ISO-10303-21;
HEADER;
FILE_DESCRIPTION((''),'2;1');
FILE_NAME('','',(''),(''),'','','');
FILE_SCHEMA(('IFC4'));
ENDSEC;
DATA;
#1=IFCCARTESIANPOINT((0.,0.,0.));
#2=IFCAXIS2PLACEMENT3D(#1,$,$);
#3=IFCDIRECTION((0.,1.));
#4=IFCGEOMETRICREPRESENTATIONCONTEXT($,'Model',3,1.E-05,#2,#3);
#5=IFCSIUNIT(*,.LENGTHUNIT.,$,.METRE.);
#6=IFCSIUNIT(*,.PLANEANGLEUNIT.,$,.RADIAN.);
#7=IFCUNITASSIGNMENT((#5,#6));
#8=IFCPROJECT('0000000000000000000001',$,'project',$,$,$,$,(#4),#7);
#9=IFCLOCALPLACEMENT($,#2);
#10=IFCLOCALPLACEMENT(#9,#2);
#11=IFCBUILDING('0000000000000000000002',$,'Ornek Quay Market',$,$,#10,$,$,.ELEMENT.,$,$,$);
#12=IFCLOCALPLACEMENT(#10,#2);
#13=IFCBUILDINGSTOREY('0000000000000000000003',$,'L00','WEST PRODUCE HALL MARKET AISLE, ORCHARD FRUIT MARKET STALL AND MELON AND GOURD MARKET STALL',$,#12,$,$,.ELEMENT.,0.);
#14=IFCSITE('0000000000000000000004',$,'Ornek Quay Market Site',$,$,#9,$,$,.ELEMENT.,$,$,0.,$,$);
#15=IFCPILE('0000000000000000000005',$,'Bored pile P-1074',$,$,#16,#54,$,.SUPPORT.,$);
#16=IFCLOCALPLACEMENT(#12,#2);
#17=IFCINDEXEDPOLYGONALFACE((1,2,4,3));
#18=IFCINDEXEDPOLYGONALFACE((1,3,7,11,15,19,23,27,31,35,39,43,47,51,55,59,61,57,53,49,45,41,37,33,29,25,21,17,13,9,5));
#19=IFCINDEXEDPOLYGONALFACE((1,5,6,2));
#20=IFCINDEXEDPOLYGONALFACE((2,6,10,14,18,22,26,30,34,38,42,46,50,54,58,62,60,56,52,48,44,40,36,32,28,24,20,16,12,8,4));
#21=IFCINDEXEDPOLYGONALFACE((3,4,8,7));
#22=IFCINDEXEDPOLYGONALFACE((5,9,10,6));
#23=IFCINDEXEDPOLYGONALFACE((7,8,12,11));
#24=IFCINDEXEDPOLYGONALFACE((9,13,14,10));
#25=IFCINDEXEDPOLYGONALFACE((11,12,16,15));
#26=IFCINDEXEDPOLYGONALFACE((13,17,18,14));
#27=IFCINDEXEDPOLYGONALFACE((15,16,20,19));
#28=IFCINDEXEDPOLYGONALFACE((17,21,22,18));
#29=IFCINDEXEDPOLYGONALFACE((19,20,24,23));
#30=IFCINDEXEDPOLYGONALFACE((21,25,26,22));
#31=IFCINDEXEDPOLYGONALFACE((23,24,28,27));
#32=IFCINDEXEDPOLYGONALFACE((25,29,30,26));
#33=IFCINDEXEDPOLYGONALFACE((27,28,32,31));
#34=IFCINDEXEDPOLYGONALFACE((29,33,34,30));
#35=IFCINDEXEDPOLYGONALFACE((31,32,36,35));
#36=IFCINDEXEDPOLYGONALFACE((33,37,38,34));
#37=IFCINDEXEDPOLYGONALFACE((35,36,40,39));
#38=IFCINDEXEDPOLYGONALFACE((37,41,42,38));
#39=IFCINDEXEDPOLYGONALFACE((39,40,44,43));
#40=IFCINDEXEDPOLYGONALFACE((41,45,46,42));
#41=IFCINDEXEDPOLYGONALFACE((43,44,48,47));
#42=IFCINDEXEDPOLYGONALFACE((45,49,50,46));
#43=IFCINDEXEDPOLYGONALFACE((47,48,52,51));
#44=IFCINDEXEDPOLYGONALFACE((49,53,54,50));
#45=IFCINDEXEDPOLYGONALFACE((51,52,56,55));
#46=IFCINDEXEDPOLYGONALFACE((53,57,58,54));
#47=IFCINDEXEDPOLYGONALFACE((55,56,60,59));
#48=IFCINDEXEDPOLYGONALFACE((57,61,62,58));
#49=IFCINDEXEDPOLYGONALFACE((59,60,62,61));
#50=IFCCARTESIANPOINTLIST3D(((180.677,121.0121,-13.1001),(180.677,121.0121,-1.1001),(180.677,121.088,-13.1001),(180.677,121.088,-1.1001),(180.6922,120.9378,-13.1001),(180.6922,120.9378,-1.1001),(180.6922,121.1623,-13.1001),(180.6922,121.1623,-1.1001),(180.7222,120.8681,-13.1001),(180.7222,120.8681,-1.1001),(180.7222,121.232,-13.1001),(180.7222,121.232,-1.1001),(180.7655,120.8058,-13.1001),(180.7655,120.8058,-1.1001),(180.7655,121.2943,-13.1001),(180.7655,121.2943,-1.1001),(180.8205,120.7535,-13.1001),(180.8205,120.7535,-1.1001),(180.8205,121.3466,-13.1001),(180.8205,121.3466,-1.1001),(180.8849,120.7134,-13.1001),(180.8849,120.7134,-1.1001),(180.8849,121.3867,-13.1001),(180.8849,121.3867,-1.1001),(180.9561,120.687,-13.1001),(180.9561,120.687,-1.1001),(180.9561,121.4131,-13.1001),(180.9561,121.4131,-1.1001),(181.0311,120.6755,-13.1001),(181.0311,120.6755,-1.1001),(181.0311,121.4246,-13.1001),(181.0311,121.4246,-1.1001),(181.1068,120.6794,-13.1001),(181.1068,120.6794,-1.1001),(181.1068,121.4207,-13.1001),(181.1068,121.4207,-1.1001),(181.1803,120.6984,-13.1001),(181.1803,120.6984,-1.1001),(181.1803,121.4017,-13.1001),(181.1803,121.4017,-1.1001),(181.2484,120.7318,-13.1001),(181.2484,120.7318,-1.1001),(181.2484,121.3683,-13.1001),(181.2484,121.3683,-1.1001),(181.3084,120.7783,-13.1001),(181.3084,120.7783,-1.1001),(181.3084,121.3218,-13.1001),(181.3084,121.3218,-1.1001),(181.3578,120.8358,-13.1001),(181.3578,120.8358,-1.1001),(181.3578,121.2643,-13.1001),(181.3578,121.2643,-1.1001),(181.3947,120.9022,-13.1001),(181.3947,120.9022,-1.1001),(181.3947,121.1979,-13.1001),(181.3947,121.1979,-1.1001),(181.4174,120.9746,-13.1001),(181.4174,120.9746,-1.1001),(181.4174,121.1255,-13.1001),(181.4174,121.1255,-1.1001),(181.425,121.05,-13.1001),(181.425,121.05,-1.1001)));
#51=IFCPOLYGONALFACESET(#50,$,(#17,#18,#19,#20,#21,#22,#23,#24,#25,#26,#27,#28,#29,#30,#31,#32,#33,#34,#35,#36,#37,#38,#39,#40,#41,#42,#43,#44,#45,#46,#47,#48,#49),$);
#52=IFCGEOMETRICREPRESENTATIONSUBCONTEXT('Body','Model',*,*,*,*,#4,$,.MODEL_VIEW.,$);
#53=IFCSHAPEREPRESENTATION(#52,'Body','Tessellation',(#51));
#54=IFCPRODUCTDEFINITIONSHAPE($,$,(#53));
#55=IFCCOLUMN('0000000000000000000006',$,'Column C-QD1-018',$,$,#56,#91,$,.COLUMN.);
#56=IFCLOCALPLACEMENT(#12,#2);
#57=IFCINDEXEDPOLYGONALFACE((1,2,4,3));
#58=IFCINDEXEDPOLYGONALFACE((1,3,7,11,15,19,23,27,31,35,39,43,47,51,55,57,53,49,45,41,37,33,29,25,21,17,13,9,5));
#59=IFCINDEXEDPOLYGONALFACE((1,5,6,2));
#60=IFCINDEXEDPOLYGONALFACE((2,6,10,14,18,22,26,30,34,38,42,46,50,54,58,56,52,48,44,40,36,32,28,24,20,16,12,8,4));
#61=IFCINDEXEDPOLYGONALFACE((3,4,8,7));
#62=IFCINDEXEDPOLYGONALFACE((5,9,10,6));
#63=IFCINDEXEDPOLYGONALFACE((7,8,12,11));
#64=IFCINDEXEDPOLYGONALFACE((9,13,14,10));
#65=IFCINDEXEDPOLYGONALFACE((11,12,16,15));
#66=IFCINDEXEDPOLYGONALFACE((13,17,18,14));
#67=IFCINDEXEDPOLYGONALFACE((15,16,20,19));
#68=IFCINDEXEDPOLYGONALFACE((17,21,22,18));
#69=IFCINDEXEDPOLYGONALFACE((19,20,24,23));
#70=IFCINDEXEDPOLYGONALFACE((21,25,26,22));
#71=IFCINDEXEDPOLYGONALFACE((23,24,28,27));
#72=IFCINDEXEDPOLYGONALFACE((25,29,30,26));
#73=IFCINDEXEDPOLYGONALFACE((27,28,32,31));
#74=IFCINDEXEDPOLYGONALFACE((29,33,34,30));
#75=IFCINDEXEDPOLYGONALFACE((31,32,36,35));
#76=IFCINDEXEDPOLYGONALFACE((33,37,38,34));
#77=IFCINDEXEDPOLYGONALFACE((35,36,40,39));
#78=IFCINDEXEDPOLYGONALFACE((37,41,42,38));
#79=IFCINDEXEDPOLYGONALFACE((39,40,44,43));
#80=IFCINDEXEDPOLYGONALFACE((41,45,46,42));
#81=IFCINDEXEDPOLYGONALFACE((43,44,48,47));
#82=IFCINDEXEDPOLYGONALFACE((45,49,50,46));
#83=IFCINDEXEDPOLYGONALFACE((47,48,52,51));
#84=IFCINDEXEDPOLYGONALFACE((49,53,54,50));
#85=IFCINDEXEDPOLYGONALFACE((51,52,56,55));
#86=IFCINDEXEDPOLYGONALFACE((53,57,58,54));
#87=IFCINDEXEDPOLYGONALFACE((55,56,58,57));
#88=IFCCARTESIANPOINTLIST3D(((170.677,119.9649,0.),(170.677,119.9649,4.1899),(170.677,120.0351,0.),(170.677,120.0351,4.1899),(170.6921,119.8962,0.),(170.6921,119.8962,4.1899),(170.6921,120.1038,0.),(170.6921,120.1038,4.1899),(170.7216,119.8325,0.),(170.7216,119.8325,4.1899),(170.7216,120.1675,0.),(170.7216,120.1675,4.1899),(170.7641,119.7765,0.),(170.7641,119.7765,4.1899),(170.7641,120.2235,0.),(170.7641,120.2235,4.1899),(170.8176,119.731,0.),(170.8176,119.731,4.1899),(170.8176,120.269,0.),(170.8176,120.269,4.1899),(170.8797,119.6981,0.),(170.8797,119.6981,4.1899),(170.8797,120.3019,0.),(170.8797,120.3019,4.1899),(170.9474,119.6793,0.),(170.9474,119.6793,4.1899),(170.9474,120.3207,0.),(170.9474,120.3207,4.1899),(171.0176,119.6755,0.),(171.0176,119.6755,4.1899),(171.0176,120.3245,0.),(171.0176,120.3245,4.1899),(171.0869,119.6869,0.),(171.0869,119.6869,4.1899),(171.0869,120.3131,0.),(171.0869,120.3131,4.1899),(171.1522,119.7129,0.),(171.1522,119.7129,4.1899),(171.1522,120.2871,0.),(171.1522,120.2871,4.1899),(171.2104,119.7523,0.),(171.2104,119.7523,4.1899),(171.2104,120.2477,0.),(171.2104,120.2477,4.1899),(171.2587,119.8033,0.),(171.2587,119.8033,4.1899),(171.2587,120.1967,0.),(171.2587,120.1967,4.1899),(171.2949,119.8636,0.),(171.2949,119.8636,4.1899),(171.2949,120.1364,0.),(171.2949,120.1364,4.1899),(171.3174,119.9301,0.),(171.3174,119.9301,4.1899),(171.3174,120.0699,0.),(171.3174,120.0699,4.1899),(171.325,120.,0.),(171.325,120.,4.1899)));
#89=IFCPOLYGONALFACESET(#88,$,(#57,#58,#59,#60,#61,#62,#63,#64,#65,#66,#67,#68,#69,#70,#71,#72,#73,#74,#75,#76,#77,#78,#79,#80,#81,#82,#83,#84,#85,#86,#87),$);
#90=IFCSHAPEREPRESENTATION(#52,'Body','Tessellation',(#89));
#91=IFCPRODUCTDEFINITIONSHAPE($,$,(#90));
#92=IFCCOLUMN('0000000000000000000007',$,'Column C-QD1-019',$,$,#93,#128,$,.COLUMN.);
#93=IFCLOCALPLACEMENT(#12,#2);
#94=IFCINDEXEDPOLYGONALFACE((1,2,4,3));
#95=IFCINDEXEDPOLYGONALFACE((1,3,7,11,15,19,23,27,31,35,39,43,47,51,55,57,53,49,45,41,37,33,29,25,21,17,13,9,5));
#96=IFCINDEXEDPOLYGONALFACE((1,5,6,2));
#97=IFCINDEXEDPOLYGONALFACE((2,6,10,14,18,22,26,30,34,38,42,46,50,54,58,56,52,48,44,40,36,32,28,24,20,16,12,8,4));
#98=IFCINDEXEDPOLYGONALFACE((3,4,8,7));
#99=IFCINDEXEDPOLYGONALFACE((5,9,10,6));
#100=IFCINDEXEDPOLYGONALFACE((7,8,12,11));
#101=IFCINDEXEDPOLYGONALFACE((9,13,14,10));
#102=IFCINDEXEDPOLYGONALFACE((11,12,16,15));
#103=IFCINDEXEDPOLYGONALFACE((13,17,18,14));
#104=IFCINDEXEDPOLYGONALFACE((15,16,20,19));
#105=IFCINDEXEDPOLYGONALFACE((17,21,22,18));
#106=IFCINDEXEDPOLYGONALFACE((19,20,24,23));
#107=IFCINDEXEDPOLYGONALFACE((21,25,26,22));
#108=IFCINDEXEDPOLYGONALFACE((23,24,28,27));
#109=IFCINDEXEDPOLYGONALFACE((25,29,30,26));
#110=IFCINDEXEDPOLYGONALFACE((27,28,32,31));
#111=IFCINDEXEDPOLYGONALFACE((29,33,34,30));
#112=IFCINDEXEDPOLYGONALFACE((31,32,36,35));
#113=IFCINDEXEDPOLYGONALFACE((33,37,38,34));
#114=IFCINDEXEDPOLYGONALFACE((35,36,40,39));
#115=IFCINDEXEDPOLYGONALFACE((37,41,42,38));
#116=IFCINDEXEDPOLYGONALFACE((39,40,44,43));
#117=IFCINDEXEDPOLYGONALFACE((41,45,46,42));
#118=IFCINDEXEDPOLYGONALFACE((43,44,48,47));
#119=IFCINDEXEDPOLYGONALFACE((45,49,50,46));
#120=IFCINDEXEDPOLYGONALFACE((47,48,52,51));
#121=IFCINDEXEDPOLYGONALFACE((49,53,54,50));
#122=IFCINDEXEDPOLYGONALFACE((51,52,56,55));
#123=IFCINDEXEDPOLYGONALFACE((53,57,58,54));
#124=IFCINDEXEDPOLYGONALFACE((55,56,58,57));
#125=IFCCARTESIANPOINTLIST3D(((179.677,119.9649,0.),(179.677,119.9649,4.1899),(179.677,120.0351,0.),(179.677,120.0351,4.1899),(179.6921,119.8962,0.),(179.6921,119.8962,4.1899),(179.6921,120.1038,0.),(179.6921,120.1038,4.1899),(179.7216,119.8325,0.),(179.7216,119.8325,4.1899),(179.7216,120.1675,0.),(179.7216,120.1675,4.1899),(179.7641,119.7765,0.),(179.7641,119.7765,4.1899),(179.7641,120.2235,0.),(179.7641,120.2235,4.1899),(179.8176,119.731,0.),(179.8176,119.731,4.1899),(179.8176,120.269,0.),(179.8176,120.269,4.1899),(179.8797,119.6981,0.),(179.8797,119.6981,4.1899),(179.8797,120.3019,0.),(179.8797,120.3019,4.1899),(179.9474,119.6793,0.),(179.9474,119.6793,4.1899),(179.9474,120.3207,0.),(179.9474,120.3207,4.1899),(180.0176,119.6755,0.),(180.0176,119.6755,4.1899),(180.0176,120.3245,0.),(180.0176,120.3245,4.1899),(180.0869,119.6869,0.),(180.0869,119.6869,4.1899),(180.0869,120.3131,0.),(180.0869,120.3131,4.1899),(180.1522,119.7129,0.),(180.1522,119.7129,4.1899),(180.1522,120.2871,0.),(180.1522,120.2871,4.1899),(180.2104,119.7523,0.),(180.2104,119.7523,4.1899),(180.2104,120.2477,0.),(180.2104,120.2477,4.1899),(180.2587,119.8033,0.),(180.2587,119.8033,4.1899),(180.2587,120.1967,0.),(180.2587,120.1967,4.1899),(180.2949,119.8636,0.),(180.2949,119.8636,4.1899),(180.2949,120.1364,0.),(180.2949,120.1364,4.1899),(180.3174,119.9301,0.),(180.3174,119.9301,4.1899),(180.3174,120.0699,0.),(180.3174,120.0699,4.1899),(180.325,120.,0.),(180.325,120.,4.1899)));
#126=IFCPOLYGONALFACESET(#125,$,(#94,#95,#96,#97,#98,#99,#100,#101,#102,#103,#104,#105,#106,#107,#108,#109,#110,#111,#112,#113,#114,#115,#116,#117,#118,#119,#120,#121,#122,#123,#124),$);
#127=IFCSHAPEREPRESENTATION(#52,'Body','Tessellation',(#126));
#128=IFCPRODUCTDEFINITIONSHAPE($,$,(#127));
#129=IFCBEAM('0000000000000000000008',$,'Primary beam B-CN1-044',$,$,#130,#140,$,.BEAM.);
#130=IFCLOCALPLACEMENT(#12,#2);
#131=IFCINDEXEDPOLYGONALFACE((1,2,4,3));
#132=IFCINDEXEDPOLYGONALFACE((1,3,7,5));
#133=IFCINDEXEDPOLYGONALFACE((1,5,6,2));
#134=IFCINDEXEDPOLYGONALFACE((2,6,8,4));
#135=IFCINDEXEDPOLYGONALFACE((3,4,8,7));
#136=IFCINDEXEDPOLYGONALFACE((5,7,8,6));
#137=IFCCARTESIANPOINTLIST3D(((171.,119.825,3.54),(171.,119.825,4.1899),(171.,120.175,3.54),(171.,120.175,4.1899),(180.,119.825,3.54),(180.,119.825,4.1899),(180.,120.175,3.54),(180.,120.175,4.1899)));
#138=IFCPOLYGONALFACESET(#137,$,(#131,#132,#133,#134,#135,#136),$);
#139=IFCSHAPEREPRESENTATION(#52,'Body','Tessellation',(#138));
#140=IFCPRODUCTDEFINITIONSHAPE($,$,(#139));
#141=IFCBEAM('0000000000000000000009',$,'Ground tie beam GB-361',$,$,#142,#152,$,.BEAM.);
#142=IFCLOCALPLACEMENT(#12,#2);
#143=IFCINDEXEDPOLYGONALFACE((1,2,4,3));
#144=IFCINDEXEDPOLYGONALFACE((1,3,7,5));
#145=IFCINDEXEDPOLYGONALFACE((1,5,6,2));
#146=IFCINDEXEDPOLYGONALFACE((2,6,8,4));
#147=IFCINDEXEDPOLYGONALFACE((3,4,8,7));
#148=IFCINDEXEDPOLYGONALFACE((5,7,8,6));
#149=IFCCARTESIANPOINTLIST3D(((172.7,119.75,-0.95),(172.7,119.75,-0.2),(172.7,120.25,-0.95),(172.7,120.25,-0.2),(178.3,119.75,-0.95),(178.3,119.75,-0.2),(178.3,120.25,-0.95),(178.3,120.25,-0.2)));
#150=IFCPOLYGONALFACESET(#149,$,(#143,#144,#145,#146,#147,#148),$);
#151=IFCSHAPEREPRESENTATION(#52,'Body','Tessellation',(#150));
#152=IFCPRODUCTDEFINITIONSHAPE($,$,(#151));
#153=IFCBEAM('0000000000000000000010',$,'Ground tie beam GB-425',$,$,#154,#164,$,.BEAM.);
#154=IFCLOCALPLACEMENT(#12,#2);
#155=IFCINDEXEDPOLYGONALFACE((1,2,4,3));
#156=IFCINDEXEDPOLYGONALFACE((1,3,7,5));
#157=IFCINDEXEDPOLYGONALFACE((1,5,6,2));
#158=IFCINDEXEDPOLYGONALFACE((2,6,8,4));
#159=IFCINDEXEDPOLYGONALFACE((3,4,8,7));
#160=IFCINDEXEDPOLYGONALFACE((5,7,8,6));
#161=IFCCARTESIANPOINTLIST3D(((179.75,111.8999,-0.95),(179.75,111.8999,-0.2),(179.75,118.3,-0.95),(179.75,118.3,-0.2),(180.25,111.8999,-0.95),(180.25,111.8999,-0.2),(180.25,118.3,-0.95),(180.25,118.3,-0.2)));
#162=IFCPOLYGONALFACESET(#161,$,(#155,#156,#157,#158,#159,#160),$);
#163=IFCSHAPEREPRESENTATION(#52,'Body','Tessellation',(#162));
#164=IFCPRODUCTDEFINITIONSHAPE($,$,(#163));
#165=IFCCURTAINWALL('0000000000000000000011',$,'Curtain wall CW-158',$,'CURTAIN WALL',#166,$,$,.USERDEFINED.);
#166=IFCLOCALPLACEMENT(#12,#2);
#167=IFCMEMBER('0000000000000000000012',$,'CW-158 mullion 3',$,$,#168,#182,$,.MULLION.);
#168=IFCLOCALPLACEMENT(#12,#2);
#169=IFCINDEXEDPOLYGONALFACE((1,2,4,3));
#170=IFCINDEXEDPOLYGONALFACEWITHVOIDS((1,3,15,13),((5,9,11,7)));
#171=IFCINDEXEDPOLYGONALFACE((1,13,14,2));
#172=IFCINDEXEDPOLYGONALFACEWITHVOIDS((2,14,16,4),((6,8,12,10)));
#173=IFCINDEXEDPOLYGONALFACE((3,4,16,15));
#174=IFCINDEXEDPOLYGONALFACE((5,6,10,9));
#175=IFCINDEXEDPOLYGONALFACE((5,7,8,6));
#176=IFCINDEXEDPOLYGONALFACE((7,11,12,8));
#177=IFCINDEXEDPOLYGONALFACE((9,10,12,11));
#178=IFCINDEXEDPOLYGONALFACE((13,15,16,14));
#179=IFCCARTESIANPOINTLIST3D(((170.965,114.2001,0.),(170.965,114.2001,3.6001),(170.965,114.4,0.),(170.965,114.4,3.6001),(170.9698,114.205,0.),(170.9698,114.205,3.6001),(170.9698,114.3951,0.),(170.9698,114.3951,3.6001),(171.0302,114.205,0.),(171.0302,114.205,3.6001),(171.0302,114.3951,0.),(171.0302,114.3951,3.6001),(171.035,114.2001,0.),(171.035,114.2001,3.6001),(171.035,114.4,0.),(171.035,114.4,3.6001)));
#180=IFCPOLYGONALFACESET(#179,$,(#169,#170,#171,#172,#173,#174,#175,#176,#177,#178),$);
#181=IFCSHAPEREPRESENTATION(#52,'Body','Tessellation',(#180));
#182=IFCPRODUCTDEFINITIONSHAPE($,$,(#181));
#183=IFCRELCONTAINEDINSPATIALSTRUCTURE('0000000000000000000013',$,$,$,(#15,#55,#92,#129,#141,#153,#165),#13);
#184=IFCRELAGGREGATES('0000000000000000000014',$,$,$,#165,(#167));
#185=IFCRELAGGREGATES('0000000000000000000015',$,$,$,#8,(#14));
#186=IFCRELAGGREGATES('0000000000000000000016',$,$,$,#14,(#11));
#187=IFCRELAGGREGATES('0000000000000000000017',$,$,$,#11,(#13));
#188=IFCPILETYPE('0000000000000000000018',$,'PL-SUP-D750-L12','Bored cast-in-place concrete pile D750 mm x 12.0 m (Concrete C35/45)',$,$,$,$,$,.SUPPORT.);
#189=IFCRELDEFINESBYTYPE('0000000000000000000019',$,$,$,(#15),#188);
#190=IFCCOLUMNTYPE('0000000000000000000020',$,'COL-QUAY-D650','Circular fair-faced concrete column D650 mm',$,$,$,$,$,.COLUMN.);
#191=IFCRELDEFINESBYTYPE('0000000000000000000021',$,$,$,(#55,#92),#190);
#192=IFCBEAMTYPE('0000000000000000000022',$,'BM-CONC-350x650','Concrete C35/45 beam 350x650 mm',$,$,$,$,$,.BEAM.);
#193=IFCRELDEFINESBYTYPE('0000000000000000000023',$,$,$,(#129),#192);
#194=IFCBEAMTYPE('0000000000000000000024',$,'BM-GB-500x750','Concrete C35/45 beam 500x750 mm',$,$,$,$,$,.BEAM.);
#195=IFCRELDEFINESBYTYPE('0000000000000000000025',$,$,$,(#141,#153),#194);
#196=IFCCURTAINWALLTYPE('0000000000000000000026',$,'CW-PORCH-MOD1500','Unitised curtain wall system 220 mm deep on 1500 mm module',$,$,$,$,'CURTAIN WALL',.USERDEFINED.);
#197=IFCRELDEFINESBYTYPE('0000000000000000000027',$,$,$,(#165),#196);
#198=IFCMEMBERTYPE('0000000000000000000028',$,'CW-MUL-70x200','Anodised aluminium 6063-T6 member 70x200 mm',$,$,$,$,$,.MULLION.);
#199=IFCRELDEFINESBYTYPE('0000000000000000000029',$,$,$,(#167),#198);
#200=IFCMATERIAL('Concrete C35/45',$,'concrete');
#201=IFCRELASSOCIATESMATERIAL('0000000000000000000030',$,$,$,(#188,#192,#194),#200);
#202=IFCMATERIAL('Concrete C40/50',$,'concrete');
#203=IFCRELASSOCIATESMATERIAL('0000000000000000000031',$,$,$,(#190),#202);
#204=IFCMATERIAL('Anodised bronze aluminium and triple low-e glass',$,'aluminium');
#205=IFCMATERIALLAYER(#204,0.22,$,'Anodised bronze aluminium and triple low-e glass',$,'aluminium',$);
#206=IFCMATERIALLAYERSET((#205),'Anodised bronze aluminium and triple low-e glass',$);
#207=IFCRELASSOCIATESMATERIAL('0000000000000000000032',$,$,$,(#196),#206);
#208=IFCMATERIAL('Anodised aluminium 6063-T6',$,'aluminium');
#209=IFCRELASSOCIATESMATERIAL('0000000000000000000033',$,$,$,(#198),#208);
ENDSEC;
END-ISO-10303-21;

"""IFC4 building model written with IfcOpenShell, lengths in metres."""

from ifc_helpers import new_model, si_unit, direction, frame, origin, origin_2d, place, context, subcontext, project, spatial, rectangle, hollow_rectangle, circle, extrude, material, layer, layer_set, material_profile, profile_set, type_object, element, aggregate, save


model = new_model("IFC4")

# Units and contexts
model_context = context("Model", 3, precision=1e-05, world=origin(), true_north=direction((0.0, 1.0)))
body_context = subcontext(model_context, "Body", "Model", "MODEL_VIEW")
ifc_project = project(units=[si_unit("LENGTHUNIT", "METRE"), si_unit("PLANEANGLEUNIT", "RADIAN")], contexts=[model_context])

# Site, building, storey
site_placement = place(None, origin())
site = spatial("IfcSite", under=ifc_project, at=site_placement, Name="Ornek Quay Market Site", CompositionType="ELEMENT", RefElevation=0.0)
building_placement = place(site_placement, origin())
building = spatial("IfcBuilding", under=site, at=building_placement, Name="Ornek Quay Market", CompositionType="ELEMENT")
storey_placement = place(building_placement, origin())
storey = spatial("IfcBuildingStorey", under=building, at=storey_placement, Name="L00", Description="WEST PRODUCE HALL MARKET AISLE, ORCHARD FRUIT MARKET STALL AND MELON AND GOURD MARKET STALL", CompositionType="ELEMENT", Elevation=0.0)

# Pile
ifc_material_1 = material(Name="Concrete C35/45", Category="concrete")
ifc_material_profile_1 = material_profile(ifc_material_1, circle(Radius=0.375, at=origin_2d()), Name="PILE D750", Category="concrete")
ifc_profile_set_1 = profile_set([ifc_material_profile_1], Name="Concrete C35/45")
pile_type = type_object("IfcPileType", Name="PL-SUP-D750-L12", Description="Bored cast-in-place concrete pile D750 mm x 12.0 m (Concrete C35/45)", PredefinedType="SUPPORT", material=ifc_profile_set_1)
for number, where, z_axis, x_axis, name in (
    (1, (181.05, 121.05, -1.1001), (0.0, 0.0, -1.0), (1.0, 0.0, 0.0), "Bored pile P-1074"),
):
    element("IfcPile", number, at=place(storey_placement, frame(where, z_axis=z_axis, x_axis=x_axis)), inside=storey, type_object=pile_type, Name=name, PredefinedType="SUPPORT", context=body_context, shape_type="SweptSolid", body=[
        extrude(circle(Radius=0.375, at=origin_2d()), origin(), (0.0, 0.0, 1.0), 12.0),
    ])

# Columns
ifc_material_2 = material(Name="Concrete C40/50", Category="concrete")
ifc_material_profile_2 = material_profile(ifc_material_2, circle(Radius=0.325, at=origin_2d()), Name="RC D650", Category="concrete")
ifc_profile_set_2 = profile_set([ifc_material_profile_2], Name="Concrete C40/50")
column_type = type_object("IfcColumnType", Name="COL-QUAY-D650", Description="Circular fair-faced concrete column D650 mm", PredefinedType="COLUMN", material=ifc_profile_set_2)
for number, where, z_axis, x_axis, name in (
    (2, (171.0, 120.0, 0.0), (0.0, 0.0, 1.0), (1.0, 0.0, 0.0), "Column C-QD1-018"),
    (3, (180.0, 120.0, 0.0), (0.0, 0.0, 1.0), (1.0, 0.0, 0.0), "Column C-QD1-019"),
):
    element("IfcColumn", number, at=place(storey_placement, frame(where, z_axis=z_axis, x_axis=x_axis)), inside=storey, type_object=column_type, Name=name, PredefinedType="COLUMN", context=body_context, shape_type="SweptSolid", body=[
        extrude(circle(Radius=0.325, at=origin_2d()), origin(), (0.0, 0.0, 1.0), 4.1899),
    ])

# Beams
ifc_material_profile_3 = material_profile(ifc_material_1, rectangle(XDim=0.3501, YDim=0.6499, at=origin_2d()), Name="RC 350x650", Category="concrete")
ifc_profile_set_3 = profile_set([ifc_material_profile_3], Name="Concrete C35/45")
beam_type_1 = type_object("IfcBeamType", Name="BM-CONC-350x650", Description="Concrete C35/45 beam 350x650 mm", PredefinedType="BEAM", material=ifc_profile_set_3)
beam_1_placement = place(storey_placement, frame((171.0, 120.0, 3.865), z_axis=(1.0, 0.0, 0.0), x_axis=(0.0, 1.0, 0.0)))
element("IfcBeam", 4, at=beam_1_placement, inside=storey, type_object=beam_type_1, Name="Primary beam B-CN1-044", PredefinedType="BEAM", context=body_context, shape_type="SweptSolid", body=[
    extrude(rectangle(XDim=0.3501, YDim=0.6499, at=origin_2d()), origin(), (0.0, 0.0, 1.0), 9.0),
])
ifc_material_profile_4 = material_profile(ifc_material_1, rectangle(XDim=0.5, YDim=0.75, at=origin_2d()), Name="RC 500x750", Category="concrete")
ifc_profile_set_4 = profile_set([ifc_material_profile_4], Name="Concrete C35/45")
beam_type_2 = type_object("IfcBeamType", Name="BM-GB-500x750", Description="Concrete C35/45 beam 500x750 mm", PredefinedType="BEAM", material=ifc_profile_set_4)
beam_2_placement = place(storey_placement, frame((172.7, 120.0, -0.575), z_axis=(1.0, 0.0, 0.0), x_axis=(0.0, 1.0, 0.0)))
element("IfcBeam", 5, at=beam_2_placement, inside=storey, type_object=beam_type_2, Name="Ground tie beam GB-361", PredefinedType="BEAM", context=body_context, shape_type="SweptSolid", body=[
    extrude(rectangle(XDim=0.5, YDim=0.75, at=origin_2d()), origin(), (0.0, 0.0, 1.0), 5.6001),
])
beam_3_placement = place(storey_placement, frame((180.0, 111.8999, -0.575), z_axis=(0.0, 1.0, 0.0), x_axis=(-1.0, 0.0, 0.0)))
element("IfcBeam", 6, at=beam_3_placement, inside=storey, type_object=beam_type_2, Name="Ground tie beam GB-425", PredefinedType="BEAM", context=body_context, shape_type="SweptSolid", body=[
    extrude(rectangle(XDim=0.5, YDim=0.75, at=origin_2d()), origin(), (0.0, 0.0, 1.0), 6.4001),
])

# Curtain wall, member
ifc_material_3 = material(Name="Anodised bronze aluminium and triple low-e glass", Category="aluminium")
ifc_layer_1 = layer(ifc_material_3, 0.22, Name="Anodised bronze aluminium and triple low-e glass", Category="aluminium")
ifc_layer_set_1 = layer_set([ifc_layer_1], Name="Anodised bronze aluminium and triple low-e glass")
curtain_wall_type = type_object("IfcCurtainWallType", Name="CW-PORCH-MOD1500", Description="Unitised curtain wall system 220 mm deep on 1500 mm module", ElementType="CURTAIN WALL", PredefinedType="USERDEFINED", material=ifc_layer_set_1)
curtain_wall_placement = place(storey_placement, origin())
curtain_wall = element("IfcCurtainWall", 7, at=curtain_wall_placement, inside=storey, type_object=curtain_wall_type, Name="Curtain wall CW-158", ObjectType="CURTAIN WALL", PredefinedType="USERDEFINED")
ifc_material_4 = material(Name="Anodised aluminium 6063-T6", Category="aluminium")
ifc_material_profile_5 = material_profile(ifc_material_4, hollow_rectangle(XDim=0.0701, YDim=0.2, WallThickness=0.0049, at=origin_2d()), Name="CW-MUL-70x200", Category="aluminium")
ifc_profile_set_5 = profile_set([ifc_material_profile_5], Name="Anodised aluminium 6063-T6")
member_type_1 = type_object("IfcMemberType", Name="CW-MUL-70x200", Description="Anodised aluminium 6063-T6 member 70x200 mm", PredefinedType="MULLION", material=ifc_profile_set_5)
member_1_placement = place(storey_placement, frame((171.0, 114.3, 0.0), z_axis=(0.0, 0.0, 1.0), x_axis=(-1.0, 0.0, 0.0)))
member_1 = element("IfcMember", 8, at=member_1_placement, type_object=member_type_1, Name="CW-158 mullion 3", PredefinedType="MULLION", context=body_context, shape_type="SweptSolid", body=[
    extrude(hollow_rectangle(XDim=0.0701, YDim=0.2, WallThickness=0.0049, at=origin_2d()), origin(), (0.0, 0.0, 1.0), 3.6001),
])
aggregate(curtain_wall, [member_1])

save(model, "model.ifc")
